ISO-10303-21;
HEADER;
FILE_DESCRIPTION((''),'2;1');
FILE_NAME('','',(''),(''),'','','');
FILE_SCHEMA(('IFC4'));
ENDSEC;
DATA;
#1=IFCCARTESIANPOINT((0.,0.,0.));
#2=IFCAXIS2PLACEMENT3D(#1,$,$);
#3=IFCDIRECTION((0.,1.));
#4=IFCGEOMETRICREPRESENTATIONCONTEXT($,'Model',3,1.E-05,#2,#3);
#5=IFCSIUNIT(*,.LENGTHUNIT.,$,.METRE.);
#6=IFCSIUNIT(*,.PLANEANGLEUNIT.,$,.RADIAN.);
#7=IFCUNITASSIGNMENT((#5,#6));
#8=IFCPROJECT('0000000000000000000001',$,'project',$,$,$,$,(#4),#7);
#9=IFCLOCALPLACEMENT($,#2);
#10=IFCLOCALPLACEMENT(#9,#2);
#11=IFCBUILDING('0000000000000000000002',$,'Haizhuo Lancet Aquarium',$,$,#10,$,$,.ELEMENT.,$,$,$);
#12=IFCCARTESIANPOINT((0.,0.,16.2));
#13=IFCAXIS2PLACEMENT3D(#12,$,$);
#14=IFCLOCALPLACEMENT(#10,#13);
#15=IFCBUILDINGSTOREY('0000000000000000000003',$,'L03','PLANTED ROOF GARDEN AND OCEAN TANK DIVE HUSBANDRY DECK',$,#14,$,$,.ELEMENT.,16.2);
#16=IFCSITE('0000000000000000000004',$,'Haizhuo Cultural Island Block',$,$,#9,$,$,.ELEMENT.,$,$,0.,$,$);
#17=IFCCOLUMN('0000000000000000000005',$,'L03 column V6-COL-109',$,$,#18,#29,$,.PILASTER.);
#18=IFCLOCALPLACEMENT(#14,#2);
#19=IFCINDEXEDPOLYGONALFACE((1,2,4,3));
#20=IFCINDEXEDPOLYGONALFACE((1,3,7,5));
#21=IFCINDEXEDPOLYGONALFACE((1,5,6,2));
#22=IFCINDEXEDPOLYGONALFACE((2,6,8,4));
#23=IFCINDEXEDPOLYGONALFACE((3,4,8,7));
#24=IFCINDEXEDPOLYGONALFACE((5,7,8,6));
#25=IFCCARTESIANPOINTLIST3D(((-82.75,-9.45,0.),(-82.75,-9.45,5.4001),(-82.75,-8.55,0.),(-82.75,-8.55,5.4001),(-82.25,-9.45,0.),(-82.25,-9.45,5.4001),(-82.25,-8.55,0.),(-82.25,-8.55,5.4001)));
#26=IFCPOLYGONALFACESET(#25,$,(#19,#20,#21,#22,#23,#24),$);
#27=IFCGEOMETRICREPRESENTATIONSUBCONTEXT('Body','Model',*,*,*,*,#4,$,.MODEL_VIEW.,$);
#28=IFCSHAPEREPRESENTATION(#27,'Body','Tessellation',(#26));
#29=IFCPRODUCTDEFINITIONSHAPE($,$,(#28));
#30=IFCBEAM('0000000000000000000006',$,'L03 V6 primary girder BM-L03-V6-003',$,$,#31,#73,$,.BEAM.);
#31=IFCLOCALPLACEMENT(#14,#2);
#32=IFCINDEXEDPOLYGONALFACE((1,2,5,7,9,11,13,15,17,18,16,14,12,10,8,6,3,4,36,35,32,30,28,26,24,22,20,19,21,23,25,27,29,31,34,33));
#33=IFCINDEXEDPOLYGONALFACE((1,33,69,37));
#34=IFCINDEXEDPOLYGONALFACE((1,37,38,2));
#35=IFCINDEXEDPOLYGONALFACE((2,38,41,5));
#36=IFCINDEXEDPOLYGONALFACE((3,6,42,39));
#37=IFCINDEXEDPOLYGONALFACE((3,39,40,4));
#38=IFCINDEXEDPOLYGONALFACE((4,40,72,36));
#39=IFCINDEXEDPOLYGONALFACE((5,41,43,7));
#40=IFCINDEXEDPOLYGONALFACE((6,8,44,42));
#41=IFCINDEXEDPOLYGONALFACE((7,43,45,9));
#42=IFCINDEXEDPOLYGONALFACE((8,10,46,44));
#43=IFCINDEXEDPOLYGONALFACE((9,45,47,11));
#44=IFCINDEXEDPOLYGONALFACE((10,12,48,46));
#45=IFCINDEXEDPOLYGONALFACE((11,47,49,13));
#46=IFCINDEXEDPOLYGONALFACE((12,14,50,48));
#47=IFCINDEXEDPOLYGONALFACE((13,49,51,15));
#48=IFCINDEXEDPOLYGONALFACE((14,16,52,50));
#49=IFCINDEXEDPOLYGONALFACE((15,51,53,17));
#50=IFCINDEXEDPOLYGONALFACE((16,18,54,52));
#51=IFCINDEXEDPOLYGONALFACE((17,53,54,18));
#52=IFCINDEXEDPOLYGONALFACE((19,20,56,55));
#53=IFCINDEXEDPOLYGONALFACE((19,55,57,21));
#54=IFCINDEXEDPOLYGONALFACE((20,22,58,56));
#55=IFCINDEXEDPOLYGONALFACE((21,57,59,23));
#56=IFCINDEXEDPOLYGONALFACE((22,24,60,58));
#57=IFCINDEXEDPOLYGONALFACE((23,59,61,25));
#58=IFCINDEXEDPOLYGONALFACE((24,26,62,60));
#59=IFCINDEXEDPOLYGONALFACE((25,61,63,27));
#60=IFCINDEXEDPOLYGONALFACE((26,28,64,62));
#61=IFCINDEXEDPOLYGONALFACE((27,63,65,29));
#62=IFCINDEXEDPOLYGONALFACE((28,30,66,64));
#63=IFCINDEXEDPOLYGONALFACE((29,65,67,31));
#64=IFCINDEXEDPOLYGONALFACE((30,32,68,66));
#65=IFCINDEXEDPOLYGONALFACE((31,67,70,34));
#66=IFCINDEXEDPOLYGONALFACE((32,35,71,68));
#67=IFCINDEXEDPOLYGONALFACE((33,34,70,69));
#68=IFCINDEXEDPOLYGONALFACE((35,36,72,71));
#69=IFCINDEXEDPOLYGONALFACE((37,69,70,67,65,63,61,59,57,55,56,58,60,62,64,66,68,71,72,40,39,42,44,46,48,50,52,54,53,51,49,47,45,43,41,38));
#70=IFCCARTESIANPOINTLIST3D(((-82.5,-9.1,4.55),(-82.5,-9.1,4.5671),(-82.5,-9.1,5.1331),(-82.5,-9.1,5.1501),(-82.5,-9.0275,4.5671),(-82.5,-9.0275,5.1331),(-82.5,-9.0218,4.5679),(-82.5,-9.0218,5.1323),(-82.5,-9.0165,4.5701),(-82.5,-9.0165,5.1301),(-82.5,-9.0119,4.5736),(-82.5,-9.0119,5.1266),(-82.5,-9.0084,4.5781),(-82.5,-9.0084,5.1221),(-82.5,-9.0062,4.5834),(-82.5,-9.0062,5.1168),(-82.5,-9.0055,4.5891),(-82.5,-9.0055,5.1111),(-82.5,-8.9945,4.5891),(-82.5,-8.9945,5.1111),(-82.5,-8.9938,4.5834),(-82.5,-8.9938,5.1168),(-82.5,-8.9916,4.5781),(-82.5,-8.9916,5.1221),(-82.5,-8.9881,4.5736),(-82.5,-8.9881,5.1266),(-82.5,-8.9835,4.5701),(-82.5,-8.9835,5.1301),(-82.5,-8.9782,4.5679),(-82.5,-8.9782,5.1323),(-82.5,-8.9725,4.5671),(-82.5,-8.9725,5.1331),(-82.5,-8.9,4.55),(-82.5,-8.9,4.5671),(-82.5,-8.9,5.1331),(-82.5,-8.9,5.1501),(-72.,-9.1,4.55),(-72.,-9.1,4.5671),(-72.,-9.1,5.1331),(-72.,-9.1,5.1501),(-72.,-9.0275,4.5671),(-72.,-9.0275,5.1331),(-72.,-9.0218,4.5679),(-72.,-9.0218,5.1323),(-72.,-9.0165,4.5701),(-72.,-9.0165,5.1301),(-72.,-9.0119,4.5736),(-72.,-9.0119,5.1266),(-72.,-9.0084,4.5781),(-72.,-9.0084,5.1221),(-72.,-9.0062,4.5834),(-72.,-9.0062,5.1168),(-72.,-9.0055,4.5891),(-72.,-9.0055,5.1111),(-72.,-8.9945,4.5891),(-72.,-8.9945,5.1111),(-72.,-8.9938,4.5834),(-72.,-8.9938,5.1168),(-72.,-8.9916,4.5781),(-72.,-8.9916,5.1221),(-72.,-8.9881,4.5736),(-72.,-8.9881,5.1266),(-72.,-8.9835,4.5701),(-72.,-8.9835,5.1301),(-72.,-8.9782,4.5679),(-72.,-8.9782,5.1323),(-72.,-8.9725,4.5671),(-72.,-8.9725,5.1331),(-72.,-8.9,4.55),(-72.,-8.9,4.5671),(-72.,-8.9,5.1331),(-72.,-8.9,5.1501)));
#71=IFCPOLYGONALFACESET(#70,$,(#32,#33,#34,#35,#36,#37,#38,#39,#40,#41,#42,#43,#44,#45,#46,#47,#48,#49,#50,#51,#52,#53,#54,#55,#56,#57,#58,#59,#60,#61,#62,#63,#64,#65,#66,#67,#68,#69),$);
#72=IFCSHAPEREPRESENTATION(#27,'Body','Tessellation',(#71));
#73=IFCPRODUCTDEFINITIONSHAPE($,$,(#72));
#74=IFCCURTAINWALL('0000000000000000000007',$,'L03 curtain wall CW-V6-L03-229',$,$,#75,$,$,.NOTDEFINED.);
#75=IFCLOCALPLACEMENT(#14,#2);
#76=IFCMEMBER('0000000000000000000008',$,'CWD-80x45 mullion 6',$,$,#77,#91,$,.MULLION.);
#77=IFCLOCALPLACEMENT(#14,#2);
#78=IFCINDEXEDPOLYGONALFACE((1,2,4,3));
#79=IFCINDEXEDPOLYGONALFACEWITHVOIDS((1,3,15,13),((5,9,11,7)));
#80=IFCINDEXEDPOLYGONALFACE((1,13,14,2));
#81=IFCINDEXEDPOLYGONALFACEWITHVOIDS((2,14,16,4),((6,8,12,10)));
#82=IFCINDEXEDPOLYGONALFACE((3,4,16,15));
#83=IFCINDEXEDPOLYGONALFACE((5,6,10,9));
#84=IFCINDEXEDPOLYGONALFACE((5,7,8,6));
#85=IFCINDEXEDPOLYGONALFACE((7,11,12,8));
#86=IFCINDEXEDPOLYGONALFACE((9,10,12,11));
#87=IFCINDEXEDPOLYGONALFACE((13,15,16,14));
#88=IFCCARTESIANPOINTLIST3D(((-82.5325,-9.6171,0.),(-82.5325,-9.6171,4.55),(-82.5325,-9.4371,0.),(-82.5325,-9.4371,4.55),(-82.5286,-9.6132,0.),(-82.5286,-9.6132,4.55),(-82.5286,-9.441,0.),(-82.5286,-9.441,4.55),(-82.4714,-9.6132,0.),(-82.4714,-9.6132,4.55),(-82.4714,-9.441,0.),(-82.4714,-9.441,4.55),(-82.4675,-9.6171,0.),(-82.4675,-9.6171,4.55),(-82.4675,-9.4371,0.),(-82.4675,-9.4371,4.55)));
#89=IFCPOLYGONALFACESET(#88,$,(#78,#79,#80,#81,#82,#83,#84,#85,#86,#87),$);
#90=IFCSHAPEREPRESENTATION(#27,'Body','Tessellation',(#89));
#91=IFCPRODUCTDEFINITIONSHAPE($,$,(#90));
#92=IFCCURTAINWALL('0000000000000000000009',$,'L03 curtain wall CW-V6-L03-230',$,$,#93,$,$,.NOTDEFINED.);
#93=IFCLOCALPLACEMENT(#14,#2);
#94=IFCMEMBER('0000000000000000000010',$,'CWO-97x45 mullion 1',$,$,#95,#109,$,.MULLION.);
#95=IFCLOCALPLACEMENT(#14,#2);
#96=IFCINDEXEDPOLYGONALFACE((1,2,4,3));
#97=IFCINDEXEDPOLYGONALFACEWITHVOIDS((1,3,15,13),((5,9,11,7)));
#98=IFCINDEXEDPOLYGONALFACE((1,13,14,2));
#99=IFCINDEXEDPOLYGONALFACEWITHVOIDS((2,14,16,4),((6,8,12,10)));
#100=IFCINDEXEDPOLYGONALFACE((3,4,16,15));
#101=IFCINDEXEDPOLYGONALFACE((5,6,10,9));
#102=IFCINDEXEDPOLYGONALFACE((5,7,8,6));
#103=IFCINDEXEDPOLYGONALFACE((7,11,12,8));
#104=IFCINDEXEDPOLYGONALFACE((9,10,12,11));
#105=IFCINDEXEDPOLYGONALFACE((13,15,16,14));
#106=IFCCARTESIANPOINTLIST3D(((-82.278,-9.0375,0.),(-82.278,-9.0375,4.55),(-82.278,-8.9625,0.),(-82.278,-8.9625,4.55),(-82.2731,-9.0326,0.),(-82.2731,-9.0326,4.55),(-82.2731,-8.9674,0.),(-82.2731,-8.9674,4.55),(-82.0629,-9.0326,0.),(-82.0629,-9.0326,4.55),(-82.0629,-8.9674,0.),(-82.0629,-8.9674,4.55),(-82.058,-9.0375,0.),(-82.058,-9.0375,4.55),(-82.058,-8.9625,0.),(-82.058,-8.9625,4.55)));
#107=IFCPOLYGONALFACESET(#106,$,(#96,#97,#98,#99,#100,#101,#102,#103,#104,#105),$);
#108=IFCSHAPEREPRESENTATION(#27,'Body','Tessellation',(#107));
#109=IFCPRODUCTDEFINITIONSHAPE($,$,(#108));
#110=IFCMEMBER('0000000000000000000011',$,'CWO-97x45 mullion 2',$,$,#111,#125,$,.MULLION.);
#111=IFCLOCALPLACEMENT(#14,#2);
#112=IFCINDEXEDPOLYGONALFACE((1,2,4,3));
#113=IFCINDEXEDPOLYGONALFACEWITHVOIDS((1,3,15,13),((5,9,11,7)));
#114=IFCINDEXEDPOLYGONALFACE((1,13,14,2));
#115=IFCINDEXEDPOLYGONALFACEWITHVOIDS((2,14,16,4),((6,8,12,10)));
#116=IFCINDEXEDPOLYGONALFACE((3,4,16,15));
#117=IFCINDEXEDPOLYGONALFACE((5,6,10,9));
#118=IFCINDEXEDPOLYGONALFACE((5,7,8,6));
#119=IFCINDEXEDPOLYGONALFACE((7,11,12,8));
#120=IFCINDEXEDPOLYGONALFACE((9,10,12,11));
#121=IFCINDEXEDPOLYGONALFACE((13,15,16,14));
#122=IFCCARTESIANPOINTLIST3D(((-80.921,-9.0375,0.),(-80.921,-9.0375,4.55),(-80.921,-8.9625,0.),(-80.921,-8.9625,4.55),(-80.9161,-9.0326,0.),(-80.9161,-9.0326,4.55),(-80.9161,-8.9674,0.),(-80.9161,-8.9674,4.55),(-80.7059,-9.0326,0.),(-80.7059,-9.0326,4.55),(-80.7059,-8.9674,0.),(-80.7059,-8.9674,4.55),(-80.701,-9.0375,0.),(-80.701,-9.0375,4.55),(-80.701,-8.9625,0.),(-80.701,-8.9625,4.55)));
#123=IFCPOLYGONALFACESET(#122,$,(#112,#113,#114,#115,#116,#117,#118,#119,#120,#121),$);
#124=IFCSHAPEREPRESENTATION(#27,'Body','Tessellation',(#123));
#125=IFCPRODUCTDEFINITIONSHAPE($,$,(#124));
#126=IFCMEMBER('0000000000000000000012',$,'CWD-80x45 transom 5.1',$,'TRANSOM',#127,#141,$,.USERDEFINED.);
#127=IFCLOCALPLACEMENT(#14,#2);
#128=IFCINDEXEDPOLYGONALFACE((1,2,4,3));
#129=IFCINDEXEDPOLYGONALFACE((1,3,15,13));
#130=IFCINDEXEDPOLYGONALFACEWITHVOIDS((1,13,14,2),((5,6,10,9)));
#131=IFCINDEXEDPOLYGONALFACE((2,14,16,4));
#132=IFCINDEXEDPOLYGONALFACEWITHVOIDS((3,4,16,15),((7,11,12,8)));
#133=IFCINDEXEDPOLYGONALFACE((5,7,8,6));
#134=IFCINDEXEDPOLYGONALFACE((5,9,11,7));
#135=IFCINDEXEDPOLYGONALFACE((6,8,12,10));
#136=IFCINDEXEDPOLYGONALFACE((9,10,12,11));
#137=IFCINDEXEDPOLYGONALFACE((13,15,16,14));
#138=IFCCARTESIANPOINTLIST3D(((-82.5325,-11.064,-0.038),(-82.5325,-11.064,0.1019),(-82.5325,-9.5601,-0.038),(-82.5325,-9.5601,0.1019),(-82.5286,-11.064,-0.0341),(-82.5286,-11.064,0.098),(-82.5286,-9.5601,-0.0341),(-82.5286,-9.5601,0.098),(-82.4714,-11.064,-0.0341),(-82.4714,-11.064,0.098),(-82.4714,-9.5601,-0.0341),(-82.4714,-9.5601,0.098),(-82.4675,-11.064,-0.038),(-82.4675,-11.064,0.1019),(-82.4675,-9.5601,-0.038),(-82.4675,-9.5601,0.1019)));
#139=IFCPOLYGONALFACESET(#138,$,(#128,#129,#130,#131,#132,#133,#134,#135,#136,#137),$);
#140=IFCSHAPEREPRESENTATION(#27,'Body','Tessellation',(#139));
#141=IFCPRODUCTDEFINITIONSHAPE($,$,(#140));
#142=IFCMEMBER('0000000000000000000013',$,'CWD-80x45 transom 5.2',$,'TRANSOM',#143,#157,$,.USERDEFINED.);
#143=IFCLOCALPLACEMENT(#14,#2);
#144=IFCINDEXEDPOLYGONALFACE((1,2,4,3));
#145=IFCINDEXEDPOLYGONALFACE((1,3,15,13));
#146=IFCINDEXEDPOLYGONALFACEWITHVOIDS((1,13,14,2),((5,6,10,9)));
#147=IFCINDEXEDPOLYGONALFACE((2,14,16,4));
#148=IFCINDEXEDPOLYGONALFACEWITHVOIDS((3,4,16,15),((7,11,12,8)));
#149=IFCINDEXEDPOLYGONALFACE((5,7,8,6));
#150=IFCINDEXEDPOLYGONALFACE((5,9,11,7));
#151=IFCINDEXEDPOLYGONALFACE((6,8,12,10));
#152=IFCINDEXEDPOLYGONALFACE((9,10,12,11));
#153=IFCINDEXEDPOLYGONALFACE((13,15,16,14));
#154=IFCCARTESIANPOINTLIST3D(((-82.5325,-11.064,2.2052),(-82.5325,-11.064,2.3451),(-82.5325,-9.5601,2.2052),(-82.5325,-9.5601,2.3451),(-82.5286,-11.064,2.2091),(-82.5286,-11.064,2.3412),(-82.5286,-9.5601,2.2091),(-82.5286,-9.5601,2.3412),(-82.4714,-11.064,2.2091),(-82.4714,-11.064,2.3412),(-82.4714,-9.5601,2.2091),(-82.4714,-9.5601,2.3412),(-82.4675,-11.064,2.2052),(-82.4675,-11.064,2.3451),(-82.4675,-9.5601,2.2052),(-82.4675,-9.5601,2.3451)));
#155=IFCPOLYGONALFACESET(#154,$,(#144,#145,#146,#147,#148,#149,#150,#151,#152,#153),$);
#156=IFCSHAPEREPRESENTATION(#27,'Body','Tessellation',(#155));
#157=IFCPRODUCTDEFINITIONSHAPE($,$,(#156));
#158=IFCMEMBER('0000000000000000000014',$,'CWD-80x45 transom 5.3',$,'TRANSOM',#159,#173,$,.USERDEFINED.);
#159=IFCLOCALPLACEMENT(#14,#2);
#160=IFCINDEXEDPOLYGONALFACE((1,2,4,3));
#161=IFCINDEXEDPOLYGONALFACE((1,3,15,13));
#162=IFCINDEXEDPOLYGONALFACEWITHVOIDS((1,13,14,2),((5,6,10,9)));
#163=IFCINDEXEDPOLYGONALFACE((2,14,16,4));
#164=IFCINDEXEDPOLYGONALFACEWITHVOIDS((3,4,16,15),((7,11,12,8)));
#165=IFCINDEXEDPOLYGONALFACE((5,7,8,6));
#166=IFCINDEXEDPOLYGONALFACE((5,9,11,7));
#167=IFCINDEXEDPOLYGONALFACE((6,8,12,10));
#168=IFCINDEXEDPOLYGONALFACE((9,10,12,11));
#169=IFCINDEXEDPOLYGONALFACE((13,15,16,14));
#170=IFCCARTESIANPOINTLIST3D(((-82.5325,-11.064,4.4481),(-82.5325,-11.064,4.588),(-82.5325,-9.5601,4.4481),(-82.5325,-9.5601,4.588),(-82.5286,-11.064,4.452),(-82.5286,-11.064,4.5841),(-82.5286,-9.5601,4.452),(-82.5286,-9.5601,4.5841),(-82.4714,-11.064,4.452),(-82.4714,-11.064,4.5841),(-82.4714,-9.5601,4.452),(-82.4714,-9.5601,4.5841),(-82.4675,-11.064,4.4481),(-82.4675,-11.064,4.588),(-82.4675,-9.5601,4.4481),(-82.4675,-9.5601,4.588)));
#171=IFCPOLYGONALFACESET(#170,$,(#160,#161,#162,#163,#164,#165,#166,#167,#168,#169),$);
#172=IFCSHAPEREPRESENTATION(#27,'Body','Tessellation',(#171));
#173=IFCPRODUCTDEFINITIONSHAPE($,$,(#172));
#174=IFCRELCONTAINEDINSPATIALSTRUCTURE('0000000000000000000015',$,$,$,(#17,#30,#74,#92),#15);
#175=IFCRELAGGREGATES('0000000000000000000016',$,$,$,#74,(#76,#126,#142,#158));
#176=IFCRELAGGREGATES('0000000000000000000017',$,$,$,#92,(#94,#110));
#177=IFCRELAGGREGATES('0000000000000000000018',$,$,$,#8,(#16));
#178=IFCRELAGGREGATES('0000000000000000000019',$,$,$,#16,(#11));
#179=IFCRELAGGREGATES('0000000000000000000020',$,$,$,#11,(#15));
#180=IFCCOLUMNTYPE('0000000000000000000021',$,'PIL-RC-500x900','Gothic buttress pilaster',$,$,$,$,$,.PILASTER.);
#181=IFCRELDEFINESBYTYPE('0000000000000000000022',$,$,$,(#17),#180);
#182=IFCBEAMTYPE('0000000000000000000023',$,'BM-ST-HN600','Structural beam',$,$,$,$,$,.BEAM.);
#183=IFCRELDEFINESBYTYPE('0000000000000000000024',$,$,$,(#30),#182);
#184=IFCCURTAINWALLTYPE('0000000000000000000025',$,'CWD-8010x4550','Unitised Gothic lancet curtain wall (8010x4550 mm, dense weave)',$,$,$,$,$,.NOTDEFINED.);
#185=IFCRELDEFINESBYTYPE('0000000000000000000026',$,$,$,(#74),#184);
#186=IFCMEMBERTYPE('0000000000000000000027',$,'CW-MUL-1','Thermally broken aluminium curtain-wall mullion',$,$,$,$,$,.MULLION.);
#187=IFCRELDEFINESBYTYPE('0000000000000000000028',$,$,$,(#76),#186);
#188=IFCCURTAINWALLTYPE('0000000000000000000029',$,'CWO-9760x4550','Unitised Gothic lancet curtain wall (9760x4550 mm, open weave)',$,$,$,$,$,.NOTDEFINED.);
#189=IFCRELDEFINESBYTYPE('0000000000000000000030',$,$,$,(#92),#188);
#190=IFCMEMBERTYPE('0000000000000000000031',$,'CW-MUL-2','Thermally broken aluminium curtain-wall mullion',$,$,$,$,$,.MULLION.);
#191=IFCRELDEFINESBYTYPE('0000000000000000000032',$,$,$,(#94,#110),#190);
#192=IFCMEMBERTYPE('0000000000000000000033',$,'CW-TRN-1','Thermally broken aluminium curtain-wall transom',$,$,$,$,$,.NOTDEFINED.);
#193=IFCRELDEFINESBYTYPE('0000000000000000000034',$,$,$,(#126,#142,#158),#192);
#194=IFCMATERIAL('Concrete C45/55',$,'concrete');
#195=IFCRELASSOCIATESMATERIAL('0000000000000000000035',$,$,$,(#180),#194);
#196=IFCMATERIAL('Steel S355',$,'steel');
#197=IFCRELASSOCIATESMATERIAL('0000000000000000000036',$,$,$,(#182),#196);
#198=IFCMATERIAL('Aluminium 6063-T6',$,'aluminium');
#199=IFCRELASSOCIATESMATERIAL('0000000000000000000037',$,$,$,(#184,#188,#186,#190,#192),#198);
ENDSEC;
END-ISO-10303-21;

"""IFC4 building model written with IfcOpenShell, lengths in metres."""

from ifc_helpers import new_model, si_unit, direction, frame, origin, origin_2d, place, context, subcontext, project, spatial, rectangle, hollow_rectangle, i_section, extrude, material, material_profile, profile_set, type_object, element, aggregate, save


model = new_model("IFC4")

# Units and contexts
model_context = context("Model", 3, precision=1e-05, world=origin(), true_north=direction((0.0, 1.0)))
body_context = subcontext(model_context, "Body", "Model", "MODEL_VIEW")
ifc_project = project(units=[si_unit("LENGTHUNIT", "METRE"), si_unit("PLANEANGLEUNIT", "RADIAN")], contexts=[model_context])

# Site, building, storey
site_placement = place(None, origin())
site = spatial("IfcSite", under=ifc_project, at=site_placement, Name="Haizhuo Cultural Island Block", CompositionType="ELEMENT", RefElevation=0.0)
building_placement = place(site_placement, origin())
building = spatial("IfcBuilding", under=site, at=building_placement, Name="Haizhuo Lancet Aquarium", CompositionType="ELEMENT")
storey_placement = place(building_placement, frame((0.0, 0.0, 16.2)))
storey = spatial("IfcBuildingStorey", under=building, at=storey_placement, Name="L03", Description="PLANTED ROOF GARDEN AND OCEAN TANK DIVE HUSBANDRY DECK", CompositionType="ELEMENT", Elevation=16.2)

# Column
ifc_material_1 = material(Name="Concrete C45/55", Category="concrete")
ifc_material_profile_1 = material_profile(ifc_material_1, rectangle(XDim=0.5, YDim=0.8999, at=origin_2d()), Name="RC-PIL 500x900")
ifc_profile_set_1 = profile_set([ifc_material_profile_1], Name="Concrete C45/55")
column_type = type_object("IfcColumnType", Name="PIL-RC-500x900", Description="Gothic buttress pilaster", PredefinedType="PILASTER", material=ifc_profile_set_1)
column_placement = place(storey_placement, frame((-82.5, -9.0, 0.0), z_axis=(0.0, 0.0, 1.0), x_axis=(1.0, 0.0, 0.0)))
element("IfcColumn", 1, at=column_placement, inside=storey, type_object=column_type, Name="L03 column V6-COL-109", PredefinedType="PILASTER", context=body_context, shape_type="SweptSolid", body=[
    extrude(rectangle(XDim=0.5, YDim=0.8999, at=origin_2d()), origin(), (0.0, 0.0, 1.0), 5.4001),
])

# Beam
ifc_material_2 = material(Name="Steel S355", Category="steel")
ifc_material_profile_2 = material_profile(ifc_material_2, i_section(OverallWidth=0.2, OverallDepth=0.6001, WebThickness=0.011, FlangeThickness=0.0171, FilletRadius=0.022, at=origin_2d()), Name="HN 600x200x11x17")
ifc_profile_set_2 = profile_set([ifc_material_profile_2], Name="Steel S355")
beam_type_1 = type_object("IfcBeamType", Name="BM-ST-HN600", Description="Structural beam", PredefinedType="BEAM", material=ifc_profile_set_2)
beam_1_placement = place(storey_placement, frame((-82.5, -9.0, 4.8501), z_axis=(1.0, 0.0, 0.0), x_axis=(0.0, 1.0, 0.0)))
element("IfcBeam", 2, at=beam_1_placement, inside=storey, type_object=beam_type_1, Name="L03 V6 primary girder BM-L03-V6-003", PredefinedType="BEAM", context=body_context, shape_type="SweptSolid", body=[
    extrude(i_section(OverallWidth=0.2, OverallDepth=0.6001, WebThickness=0.011, FlangeThickness=0.0171, FilletRadius=0.022, at=origin_2d()), origin(), (0.0, 0.0, 1.0), 10.5),
])

# Curtain wall, member
ifc_material_3 = material(Name="Aluminium 6063-T6", Category="aluminium")
curtain_wall_type_1 = type_object("IfcCurtainWallType", Name="CWD-8010x4550", Description="Unitised Gothic lancet curtain wall (8010x4550 mm, dense weave)", PredefinedType="NOTDEFINED", material=ifc_material_3)
curtain_wall_1_placement = place(storey_placement, origin())
curtain_wall_1 = element("IfcCurtainWall", 3, at=curtain_wall_1_placement, inside=storey, type_object=curtain_wall_type_1, Name="L03 curtain wall CW-V6-L03-229", PredefinedType="NOTDEFINED")
ifc_material_profile_3 = material_profile(ifc_material_3, hollow_rectangle(XDim=0.0649, YDim=0.1799, WallThickness=0.0039, at=origin_2d()), Name="ALU-M 65x180x4")
ifc_profile_set_3 = profile_set([ifc_material_profile_3], Name="Aluminium 6063-T6")
member_type_1 = type_object("IfcMemberType", Name="CW-MUL-1", Description="Thermally broken aluminium curtain-wall mullion", PredefinedType="MULLION", material=ifc_profile_set_3)
member_1_placement = place(storey_placement, frame((-82.5, -9.5271, 0.0), z_axis=(0.0, 0.0, 1.0), x_axis=(-1.0, 0.0, 0.0)))
member_1 = element("IfcMember", 4, at=member_1_placement, type_object=member_type_1, Name="CWD-80x45 mullion 6", PredefinedType="MULLION", context=body_context, shape_type="SweptSolid", body=[
    extrude(hollow_rectangle(XDim=0.0649, YDim=0.1799, WallThickness=0.0039, at=origin_2d()), origin(), (0.0, 0.0, 1.0), 4.55),
])

# Curtain wall, members
curtain_wall_type_2 = type_object("IfcCurtainWallType", Name="CWO-9760x4550", Description="Unitised Gothic lancet curtain wall (9760x4550 mm, open weave)", PredefinedType="NOTDEFINED", material=ifc_material_3)
curtain_wall_2_placement = place(storey_placement, origin())
curtain_wall_2 = element("IfcCurtainWall", 5, at=curtain_wall_2_placement, inside=storey, type_object=curtain_wall_type_2, Name="L03 curtain wall CW-V6-L03-230", PredefinedType="NOTDEFINED")
ifc_material_profile_4 = material_profile(ifc_material_3, hollow_rectangle(XDim=0.075, YDim=0.22, WallThickness=0.0049, at=origin_2d()), Name="ALU-M 75x220x5")
ifc_profile_set_4 = profile_set([ifc_material_profile_4], Name="Aluminium 6063-T6")
member_type_2 = type_object("IfcMemberType", Name="CW-MUL-2", Description="Thermally broken aluminium curtain-wall mullion", PredefinedType="MULLION", material=ifc_profile_set_4)
member_2_placement = place(storey_placement, frame((-82.168, -9.0, 0.0), z_axis=(0.0, 0.0, 1.0), x_axis=(0.0, 1.0, 0.0)))
member_2 = element("IfcMember", 6, at=member_2_placement, type_object=member_type_2, Name="CWO-97x45 mullion 1", PredefinedType="MULLION", context=body_context, shape_type="SweptSolid", body=[
    extrude(hollow_rectangle(XDim=0.075, YDim=0.22, WallThickness=0.0049, at=origin_2d()), origin(), (0.0, 0.0, 1.0), 4.55),
])
member_3_placement = place(storey_placement, frame((-80.811, -9.0, 0.0), z_axis=(0.0, 0.0, 1.0), x_axis=(0.0, 1.0, 0.0)))
member_3 = element("IfcMember", 7, at=member_3_placement, type_object=member_type_2, Name="CWO-97x45 mullion 2", PredefinedType="MULLION", context=body_context, shape_type="SweptSolid", body=[
    extrude(hollow_rectangle(XDim=0.075, YDim=0.22, WallThickness=0.0049, at=origin_2d()), origin(), (0.0, 0.0, 1.0), 4.55),
])

# Members
ifc_material_profile_5 = material_profile(ifc_material_3, hollow_rectangle(XDim=0.0649, YDim=0.1399, WallThickness=0.0039, at=origin_2d()), Name="ALU-T 65x140x4")
ifc_profile_set_5 = profile_set([ifc_material_profile_5], Name="Aluminium 6063-T6")
member_type_3 = type_object("IfcMemberType", Name="CW-TRN-1", Description="Thermally broken aluminium curtain-wall transom", PredefinedType="NOTDEFINED", material=ifc_profile_set_5)
member_4_placement = place(storey_placement, frame((-82.5, -11.064, 0.032), z_axis=(0.0, 1.0, 0.0), x_axis=(-1.0, 0.0, 0.0)))
member_4 = element("IfcMember", 8, at=member_4_placement, type_object=member_type_3, Name="CWD-80x45 transom 5.1", ObjectType="TRANSOM", PredefinedType="USERDEFINED", context=body_context, shape_type="SweptSolid", body=[
    extrude(hollow_rectangle(XDim=0.0649, YDim=0.1399, WallThickness=0.0039, at=origin_2d()), origin(), (0.0, 0.0, 1.0), 1.5039),
])
member_5_placement = place(storey_placement, frame((-82.5, -11.064, 2.2751), z_axis=(0.0, 1.0, 0.0), x_axis=(-1.0, 0.0, 0.0)))
member_5 = element("IfcMember", 9, at=member_5_placement, type_object=member_type_3, Name="CWD-80x45 transom 5.2", ObjectType="TRANSOM", PredefinedType="USERDEFINED", context=body_context, shape_type="SweptSolid", body=[
    extrude(hollow_rectangle(XDim=0.0649, YDim=0.1399, WallThickness=0.0039, at=origin_2d()), origin(), (0.0, 0.0, 1.0), 1.5039),
])
member_6_placement = place(storey_placement, frame((-82.5, -11.064, 4.5181), z_axis=(0.0, 1.0, 0.0), x_axis=(-1.0, 0.0, 0.0)))
member_6 = element("IfcMember", 10, at=member_6_placement, type_object=member_type_3, Name="CWD-80x45 transom 5.3", ObjectType="TRANSOM", PredefinedType="USERDEFINED", context=body_context, shape_type="SweptSolid", body=[
    extrude(hollow_rectangle(XDim=0.0649, YDim=0.1399, WallThickness=0.0039, at=origin_2d()), origin(), (0.0, 0.0, 1.0), 1.5039),
])

aggregate(curtain_wall_1, [member_1, member_4, member_5, member_6])
aggregate(curtain_wall_2, [member_2, member_3])

save(model, "model.ifc")
